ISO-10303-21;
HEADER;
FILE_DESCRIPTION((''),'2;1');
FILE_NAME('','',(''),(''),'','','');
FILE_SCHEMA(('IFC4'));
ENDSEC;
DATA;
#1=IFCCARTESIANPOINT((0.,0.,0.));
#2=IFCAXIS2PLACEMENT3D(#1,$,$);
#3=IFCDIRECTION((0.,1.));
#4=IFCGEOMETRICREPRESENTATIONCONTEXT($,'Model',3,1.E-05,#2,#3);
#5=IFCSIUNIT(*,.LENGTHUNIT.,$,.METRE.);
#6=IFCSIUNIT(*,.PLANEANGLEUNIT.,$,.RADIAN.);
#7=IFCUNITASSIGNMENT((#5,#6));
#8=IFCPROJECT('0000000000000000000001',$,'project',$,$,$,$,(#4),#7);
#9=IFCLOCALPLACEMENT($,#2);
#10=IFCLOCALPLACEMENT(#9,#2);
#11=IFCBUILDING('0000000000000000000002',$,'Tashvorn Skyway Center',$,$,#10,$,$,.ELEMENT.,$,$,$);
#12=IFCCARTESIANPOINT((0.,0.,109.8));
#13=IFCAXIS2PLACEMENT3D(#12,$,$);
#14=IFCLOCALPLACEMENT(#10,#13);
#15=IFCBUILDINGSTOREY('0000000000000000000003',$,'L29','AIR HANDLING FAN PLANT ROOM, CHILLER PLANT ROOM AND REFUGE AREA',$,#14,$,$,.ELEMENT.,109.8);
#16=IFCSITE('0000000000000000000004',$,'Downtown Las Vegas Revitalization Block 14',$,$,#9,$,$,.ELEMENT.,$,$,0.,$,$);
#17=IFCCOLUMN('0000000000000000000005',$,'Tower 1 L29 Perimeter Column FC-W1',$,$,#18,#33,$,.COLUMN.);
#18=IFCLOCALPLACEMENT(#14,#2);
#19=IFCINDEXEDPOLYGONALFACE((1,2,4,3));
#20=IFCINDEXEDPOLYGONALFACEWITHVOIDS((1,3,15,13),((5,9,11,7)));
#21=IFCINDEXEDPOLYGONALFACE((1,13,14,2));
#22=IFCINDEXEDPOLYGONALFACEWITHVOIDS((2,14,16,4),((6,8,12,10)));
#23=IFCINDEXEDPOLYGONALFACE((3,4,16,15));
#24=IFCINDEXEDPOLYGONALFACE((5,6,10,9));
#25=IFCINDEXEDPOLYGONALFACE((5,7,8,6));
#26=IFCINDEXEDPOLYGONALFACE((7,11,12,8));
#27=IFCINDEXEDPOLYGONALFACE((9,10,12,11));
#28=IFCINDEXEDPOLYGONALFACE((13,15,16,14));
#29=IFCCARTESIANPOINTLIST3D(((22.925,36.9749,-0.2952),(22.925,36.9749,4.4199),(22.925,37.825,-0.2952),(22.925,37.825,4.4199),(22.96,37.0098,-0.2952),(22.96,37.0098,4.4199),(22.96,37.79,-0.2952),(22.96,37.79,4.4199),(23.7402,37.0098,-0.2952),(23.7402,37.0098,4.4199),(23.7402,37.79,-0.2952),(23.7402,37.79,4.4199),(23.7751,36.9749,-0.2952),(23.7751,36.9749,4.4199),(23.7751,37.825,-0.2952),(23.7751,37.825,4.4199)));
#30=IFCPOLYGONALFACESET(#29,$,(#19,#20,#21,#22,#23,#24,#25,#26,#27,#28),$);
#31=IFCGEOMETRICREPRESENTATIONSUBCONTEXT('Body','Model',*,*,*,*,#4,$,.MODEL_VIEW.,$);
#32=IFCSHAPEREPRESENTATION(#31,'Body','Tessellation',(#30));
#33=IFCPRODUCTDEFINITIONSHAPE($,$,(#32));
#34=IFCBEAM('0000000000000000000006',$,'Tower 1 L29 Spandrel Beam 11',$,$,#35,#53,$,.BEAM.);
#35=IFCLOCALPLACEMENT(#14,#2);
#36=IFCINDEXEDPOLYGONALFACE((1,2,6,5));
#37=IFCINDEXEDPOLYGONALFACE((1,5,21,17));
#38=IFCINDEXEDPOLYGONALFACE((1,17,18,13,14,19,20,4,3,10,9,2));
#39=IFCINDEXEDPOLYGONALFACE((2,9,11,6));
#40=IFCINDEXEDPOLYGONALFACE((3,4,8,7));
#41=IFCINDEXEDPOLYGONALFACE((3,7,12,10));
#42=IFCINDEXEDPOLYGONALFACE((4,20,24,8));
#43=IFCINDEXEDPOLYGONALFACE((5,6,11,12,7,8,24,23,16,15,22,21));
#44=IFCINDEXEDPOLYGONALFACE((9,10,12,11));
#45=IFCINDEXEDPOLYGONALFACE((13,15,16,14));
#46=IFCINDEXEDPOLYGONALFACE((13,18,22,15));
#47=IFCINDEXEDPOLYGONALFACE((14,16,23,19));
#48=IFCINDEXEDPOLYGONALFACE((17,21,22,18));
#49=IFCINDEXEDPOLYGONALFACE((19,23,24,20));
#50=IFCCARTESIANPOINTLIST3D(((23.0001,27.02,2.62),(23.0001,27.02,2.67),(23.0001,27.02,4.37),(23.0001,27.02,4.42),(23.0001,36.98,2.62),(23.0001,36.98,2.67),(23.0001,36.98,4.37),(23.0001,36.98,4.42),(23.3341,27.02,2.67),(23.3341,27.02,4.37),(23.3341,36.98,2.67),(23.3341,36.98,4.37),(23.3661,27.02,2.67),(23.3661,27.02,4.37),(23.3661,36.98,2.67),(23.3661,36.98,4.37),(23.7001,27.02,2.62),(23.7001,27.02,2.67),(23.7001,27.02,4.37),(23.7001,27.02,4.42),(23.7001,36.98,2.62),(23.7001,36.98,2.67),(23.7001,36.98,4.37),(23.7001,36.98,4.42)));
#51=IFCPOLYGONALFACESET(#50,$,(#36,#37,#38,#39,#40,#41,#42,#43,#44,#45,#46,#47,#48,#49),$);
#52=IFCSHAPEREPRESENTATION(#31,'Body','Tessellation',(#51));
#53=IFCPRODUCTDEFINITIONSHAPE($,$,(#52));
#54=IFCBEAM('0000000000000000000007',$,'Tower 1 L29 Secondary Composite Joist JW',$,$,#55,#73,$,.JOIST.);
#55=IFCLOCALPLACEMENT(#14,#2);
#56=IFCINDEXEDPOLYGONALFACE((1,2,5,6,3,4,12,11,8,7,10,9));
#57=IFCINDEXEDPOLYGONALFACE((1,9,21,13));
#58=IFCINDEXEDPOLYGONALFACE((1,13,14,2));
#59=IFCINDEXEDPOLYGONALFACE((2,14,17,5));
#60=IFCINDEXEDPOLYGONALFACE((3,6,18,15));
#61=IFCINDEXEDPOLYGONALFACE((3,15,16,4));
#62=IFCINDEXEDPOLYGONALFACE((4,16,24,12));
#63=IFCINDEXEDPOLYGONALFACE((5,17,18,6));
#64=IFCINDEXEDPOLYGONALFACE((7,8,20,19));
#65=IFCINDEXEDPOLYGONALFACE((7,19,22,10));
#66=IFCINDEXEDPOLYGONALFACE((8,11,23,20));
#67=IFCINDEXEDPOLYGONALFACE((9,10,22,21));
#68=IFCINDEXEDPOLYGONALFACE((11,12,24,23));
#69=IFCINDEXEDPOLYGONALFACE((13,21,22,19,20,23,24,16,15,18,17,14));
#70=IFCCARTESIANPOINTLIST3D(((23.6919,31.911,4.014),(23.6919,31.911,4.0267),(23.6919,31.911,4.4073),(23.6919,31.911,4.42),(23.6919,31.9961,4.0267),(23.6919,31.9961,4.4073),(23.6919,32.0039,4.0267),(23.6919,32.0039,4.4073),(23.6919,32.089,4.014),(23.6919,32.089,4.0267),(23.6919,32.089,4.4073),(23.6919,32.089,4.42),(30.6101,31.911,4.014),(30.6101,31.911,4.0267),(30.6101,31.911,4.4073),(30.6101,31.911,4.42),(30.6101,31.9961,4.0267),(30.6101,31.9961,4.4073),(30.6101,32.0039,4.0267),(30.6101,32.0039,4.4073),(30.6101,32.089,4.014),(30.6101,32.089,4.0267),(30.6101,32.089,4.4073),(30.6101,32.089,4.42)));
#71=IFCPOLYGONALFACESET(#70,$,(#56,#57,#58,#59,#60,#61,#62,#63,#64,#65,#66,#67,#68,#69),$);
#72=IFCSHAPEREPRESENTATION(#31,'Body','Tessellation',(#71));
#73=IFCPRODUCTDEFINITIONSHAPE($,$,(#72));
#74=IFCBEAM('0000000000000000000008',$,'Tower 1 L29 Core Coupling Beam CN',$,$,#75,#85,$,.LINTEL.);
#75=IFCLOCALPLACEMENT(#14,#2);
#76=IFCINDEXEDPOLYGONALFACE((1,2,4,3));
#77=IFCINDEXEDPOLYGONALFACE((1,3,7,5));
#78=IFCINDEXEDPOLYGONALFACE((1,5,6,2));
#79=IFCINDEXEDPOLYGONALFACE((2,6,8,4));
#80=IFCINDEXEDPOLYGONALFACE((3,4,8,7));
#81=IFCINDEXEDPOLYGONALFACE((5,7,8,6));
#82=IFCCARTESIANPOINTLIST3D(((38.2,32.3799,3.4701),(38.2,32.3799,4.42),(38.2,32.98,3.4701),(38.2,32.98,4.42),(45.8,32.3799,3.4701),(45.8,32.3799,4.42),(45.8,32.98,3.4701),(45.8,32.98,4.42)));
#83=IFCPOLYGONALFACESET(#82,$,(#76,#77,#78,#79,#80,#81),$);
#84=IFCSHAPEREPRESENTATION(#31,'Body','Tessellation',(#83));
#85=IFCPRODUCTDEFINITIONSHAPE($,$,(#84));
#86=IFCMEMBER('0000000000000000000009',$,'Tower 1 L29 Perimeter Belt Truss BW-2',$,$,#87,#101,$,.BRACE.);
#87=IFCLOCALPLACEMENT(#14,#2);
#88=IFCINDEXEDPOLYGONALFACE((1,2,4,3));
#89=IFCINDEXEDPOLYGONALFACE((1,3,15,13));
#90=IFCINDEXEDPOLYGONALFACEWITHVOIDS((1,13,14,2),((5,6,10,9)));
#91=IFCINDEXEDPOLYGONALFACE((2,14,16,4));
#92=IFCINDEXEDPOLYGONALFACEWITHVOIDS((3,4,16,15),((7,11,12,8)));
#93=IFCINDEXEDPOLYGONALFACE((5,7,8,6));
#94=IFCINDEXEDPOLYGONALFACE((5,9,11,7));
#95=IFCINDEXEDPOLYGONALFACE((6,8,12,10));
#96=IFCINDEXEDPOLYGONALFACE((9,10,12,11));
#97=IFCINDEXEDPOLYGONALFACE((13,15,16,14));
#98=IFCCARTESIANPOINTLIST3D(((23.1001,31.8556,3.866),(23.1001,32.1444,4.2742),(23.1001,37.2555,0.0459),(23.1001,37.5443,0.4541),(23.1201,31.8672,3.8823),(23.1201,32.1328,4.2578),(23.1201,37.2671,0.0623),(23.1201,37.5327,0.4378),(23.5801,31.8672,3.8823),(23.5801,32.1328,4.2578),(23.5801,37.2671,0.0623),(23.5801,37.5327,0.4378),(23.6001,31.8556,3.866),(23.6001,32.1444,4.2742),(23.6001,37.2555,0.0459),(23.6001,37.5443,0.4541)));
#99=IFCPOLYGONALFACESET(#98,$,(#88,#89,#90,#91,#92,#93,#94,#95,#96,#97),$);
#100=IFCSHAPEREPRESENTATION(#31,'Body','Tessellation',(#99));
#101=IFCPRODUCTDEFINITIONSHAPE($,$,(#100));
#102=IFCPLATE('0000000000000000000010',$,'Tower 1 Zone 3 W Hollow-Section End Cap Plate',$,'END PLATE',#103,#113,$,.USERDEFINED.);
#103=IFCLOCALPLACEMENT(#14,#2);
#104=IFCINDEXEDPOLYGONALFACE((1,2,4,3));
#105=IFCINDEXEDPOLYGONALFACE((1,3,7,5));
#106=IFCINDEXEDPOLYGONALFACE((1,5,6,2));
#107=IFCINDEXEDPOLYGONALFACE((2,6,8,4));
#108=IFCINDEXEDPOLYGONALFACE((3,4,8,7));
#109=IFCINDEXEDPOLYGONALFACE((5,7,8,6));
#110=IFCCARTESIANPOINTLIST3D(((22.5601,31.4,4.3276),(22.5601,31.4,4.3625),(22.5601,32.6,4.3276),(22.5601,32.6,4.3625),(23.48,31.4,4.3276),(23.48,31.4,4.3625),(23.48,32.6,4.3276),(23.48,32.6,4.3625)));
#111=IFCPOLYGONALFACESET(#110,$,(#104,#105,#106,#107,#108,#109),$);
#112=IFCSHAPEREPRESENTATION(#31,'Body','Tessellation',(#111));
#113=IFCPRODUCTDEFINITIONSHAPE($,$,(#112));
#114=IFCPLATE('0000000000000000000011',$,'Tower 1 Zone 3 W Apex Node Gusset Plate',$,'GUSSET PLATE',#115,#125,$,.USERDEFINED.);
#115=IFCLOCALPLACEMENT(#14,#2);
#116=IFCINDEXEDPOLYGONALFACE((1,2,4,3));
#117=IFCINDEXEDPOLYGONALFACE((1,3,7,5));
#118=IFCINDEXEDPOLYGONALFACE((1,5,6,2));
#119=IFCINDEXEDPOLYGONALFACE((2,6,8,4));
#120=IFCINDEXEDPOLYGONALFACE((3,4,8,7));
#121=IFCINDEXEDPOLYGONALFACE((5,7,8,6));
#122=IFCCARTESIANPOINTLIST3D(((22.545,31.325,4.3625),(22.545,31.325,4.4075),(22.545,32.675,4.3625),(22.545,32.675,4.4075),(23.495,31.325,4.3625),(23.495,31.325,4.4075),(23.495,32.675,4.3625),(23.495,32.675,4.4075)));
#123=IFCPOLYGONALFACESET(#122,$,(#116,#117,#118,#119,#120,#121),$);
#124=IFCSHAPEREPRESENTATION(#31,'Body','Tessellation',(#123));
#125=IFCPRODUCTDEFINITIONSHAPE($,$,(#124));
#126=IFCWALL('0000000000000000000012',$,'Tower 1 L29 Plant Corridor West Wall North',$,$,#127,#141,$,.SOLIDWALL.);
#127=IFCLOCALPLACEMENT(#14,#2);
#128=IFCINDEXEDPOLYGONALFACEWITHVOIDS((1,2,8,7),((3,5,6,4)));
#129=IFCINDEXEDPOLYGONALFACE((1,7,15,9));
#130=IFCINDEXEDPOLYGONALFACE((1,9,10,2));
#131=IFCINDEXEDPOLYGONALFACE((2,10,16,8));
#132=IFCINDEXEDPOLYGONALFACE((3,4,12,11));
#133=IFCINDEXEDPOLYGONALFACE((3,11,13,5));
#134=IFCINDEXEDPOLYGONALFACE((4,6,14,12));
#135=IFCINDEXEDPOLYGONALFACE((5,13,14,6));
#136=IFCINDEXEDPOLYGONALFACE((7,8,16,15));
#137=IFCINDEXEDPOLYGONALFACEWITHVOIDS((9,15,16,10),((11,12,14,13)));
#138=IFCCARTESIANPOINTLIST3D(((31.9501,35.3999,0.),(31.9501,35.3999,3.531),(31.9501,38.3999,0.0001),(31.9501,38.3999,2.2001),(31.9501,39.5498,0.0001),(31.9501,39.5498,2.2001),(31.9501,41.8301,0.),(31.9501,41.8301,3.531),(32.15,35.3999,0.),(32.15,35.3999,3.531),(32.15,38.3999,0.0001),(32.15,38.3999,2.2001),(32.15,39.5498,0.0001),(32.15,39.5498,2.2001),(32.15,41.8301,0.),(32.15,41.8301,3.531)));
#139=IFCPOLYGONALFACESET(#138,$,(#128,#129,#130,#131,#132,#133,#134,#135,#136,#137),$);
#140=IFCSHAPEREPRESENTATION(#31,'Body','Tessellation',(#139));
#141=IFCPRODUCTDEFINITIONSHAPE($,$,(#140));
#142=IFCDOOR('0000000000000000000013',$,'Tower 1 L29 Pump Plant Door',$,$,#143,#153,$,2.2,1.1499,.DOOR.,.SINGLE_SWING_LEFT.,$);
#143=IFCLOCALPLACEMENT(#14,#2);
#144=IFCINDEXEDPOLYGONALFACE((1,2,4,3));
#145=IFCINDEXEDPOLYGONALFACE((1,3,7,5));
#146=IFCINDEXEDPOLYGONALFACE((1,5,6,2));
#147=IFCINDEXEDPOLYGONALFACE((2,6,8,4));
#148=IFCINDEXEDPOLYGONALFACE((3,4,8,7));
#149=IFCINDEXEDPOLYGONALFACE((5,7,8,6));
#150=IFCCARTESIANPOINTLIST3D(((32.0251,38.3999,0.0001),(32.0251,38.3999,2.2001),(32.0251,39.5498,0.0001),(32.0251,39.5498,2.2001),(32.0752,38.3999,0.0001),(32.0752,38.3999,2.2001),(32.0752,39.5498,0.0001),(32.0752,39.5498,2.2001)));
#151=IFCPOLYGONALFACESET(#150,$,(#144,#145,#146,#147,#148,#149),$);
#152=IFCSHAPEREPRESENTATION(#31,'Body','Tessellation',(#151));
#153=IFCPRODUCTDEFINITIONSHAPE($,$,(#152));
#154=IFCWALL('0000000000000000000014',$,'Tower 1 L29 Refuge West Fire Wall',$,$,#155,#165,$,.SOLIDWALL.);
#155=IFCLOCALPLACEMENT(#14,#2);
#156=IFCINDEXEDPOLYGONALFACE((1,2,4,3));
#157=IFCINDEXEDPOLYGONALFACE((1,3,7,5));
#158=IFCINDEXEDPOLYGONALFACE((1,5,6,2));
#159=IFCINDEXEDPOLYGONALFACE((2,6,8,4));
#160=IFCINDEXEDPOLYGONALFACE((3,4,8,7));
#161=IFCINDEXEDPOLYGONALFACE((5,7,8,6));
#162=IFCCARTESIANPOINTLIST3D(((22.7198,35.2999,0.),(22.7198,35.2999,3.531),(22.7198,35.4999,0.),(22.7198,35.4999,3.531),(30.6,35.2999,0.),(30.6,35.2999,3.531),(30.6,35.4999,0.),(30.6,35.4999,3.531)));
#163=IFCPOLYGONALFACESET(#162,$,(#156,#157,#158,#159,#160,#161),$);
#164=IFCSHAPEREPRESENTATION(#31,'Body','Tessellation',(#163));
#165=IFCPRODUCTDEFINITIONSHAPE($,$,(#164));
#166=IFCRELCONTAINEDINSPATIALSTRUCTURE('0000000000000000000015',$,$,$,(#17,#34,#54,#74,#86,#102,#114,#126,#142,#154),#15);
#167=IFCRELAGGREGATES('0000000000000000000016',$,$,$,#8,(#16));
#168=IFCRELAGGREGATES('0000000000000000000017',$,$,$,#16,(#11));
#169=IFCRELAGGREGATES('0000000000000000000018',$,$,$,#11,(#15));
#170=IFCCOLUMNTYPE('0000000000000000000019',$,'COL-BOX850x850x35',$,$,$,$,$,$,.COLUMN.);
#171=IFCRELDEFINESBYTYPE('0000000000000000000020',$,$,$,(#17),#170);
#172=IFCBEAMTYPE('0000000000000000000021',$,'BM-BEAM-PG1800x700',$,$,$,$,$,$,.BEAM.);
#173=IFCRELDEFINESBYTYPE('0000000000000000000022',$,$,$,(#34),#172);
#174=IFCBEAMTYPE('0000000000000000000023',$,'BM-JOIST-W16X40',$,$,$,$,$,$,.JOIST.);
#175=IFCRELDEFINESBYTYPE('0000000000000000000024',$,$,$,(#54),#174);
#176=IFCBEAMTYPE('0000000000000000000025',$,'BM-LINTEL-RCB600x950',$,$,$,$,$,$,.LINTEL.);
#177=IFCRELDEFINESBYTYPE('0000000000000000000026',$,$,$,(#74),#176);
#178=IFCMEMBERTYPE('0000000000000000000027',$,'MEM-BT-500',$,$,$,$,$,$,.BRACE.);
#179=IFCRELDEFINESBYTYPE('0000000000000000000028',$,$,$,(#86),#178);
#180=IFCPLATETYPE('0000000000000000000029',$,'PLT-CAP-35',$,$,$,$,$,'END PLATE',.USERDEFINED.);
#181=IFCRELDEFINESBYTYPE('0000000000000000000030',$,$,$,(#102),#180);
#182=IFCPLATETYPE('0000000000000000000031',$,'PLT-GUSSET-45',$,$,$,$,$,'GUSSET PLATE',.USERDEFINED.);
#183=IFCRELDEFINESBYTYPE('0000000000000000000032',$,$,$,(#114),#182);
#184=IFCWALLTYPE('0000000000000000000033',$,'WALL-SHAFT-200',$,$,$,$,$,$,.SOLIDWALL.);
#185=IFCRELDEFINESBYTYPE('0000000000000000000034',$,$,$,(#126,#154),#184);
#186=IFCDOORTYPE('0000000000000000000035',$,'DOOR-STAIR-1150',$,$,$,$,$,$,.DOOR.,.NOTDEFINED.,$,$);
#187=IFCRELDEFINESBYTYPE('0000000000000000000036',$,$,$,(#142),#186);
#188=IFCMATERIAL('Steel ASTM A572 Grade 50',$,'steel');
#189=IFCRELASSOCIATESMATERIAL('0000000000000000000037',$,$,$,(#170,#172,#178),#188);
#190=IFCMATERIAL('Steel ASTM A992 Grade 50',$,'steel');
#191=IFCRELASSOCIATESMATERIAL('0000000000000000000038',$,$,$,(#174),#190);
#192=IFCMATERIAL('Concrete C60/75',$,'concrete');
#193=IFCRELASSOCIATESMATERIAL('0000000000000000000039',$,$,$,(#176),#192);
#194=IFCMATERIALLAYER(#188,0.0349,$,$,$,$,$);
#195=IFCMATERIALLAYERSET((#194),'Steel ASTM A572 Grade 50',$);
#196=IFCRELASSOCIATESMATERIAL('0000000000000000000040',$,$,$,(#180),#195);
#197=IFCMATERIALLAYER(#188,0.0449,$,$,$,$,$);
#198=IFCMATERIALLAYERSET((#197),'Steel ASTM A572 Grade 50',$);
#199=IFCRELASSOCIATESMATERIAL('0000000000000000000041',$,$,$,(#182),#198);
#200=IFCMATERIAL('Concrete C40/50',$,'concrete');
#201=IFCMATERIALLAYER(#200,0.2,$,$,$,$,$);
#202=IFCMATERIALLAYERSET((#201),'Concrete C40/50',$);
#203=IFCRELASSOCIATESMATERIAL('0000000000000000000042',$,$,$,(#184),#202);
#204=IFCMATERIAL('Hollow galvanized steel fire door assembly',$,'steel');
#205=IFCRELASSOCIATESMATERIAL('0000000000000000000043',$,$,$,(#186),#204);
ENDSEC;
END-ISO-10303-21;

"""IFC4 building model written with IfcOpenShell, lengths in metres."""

from ifc_helpers import new_model, si_unit, direction, frame, frame_2d, origin, origin_2d, place, context, subcontext, project, spatial, rectangle, hollow_rectangle, i_section, extrude, material, layer, layer_set, material_profile, profile_set, type_object, element, fill, save


model = new_model("IFC4")

# Units and contexts
model_context = context("Model", 3, precision=1e-05, world=origin(), true_north=direction((0.0, 1.0)))
body_context = subcontext(model_context, "Body", "Model", "MODEL_VIEW")
ifc_project = project(units=[si_unit("LENGTHUNIT", "METRE"), si_unit("PLANEANGLEUNIT", "RADIAN")], contexts=[model_context])

# Site, building, storey
site_placement = place(None, origin())
site = spatial("IfcSite", under=ifc_project, at=site_placement, Name="Downtown Las Vegas Revitalization Block 14", CompositionType="ELEMENT", RefElevation=0.0)
building_placement = place(site_placement, origin())
building = spatial("IfcBuilding", under=site, at=building_placement, Name="Tashvorn Skyway Center", CompositionType="ELEMENT")
storey_placement = place(building_placement, frame((0.0, 0.0, 109.8)))
storey = spatial("IfcBuildingStorey", under=building, at=storey_placement, Name="L29", Description="AIR HANDLING FAN PLANT ROOM, CHILLER PLANT ROOM AND REFUGE AREA", CompositionType="ELEMENT", Elevation=109.8)

# Column
ifc_material_1 = material(Name="Steel ASTM A572 Grade 50", Category="steel")
ifc_material_profile_1 = material_profile(ifc_material_1, hollow_rectangle(XDim=0.8501, YDim=0.8501, WallThickness=0.0349, at=origin_2d()), Name="BOX850x850x35")
ifc_profile_set_1 = profile_set([ifc_material_profile_1], Name="Steel ASTM A572 Grade 50")
column_type = type_object("IfcColumnType", Name="COL-BOX850x850x35", PredefinedType="COLUMN", material=ifc_profile_set_1)
column_placement = place(storey_placement, frame((23.3501, 37.3999, -0.2952), z_axis=(0.0, 0.0, 1.0), x_axis=(1.0, 0.0, 0.0)))
element("IfcColumn", 1, at=column_placement, inside=storey, type_object=column_type, Name="Tower 1 L29 Perimeter Column FC-W1", PredefinedType="COLUMN", context=body_context, shape_type="SweptSolid", body=[
    extrude(hollow_rectangle(XDim=0.8501, YDim=0.8501, WallThickness=0.0349, at=origin_2d()), origin(), (0.0, 0.0, 1.0), 4.7151),
])

# Beams
ifc_material_profile_2 = material_profile(ifc_material_1, i_section(OverallWidth=0.7, OverallDepth=1.8, WebThickness=0.032, FlangeThickness=0.05, at=origin_2d()), Name="PG1800x700")
ifc_profile_set_2 = profile_set([ifc_material_profile_2], Name="Steel ASTM A572 Grade 50")
beam_type_1 = type_object("IfcBeamType", Name="BM-BEAM-PG1800x700", PredefinedType="BEAM", material=ifc_profile_set_2)
beam_1_placement = place(storey_placement, frame((23.3501, 36.98, 3.52), z_axis=(0.0, -1.0, 0.0), x_axis=(1.0, 0.0, 0.0)))
element("IfcBeam", 2, at=beam_1_placement, inside=storey, type_object=beam_type_1, Name="Tower 1 L29 Spandrel Beam 11", PredefinedType="BEAM", context=body_context, shape_type="SweptSolid", body=[
    extrude(i_section(OverallWidth=0.7, OverallDepth=1.8, WebThickness=0.032, FlangeThickness=0.05, at=origin_2d()), origin(), (0.0, 0.0, 1.0), 9.96),
])
ifc_material_2 = material(Name="Steel ASTM A992 Grade 50", Category="steel")
ifc_material_profile_3 = material_profile(ifc_material_2, i_section(OverallWidth=0.178, OverallDepth=0.406, WebThickness=0.0078, FlangeThickness=0.0127, at=origin_2d()), Name="W16X40")
ifc_profile_set_3 = profile_set([ifc_material_profile_3], Name="Steel ASTM A992 Grade 50")
beam_type_2 = type_object("IfcBeamType", Name="BM-JOIST-W16X40", PredefinedType="JOIST", material=ifc_profile_set_3)
beam_2_placement = place(storey_placement, frame((30.6101, 32.0, 4.217), z_axis=(-1.0, 0.0, 0.0), x_axis=(0.0, -1.0, 0.0)))
element("IfcBeam", 3, at=beam_2_placement, inside=storey, type_object=beam_type_2, Name="Tower 1 L29 Secondary Composite Joist JW", PredefinedType="JOIST", context=body_context, shape_type="SweptSolid", body=[
    extrude(i_section(OverallWidth=0.178, OverallDepth=0.406, WebThickness=0.0078, FlangeThickness=0.0127, at=origin_2d()), origin(), (0.0, 0.0, 1.0), 6.9182),
])
ifc_material_3 = material(Name="Concrete C60/75", Category="concrete")
ifc_material_profile_4 = material_profile(ifc_material_3, rectangle(XDim=0.6001, YDim=0.95, at=origin_2d()), Name="RCB600x950")
ifc_profile_set_4 = profile_set([ifc_material_profile_4], Name="Concrete C60/75")
beam_type_3 = type_object("IfcBeamType", Name="BM-LINTEL-RCB600x950", PredefinedType="LINTEL", material=ifc_profile_set_4)
beam_3_placement = place(storey_placement, frame((38.2, 32.6799, 3.9451), z_axis=(1.0, 0.0, 0.0), x_axis=(0.0, 1.0, 0.0)))
element("IfcBeam", 4, at=beam_3_placement, inside=storey, type_object=beam_type_3, Name="Tower 1 L29 Core Coupling Beam CN", PredefinedType="LINTEL", context=body_context, shape_type="SweptSolid", body=[
    extrude(rectangle(XDim=0.6001, YDim=0.95, at=origin_2d()), origin(), (0.0, 0.0, 1.0), 7.6001),
])

# Member
ifc_material_profile_5 = material_profile(ifc_material_1, hollow_rectangle(XDim=0.5, YDim=0.5, WallThickness=0.02, at=origin_2d()), Name="HSS500x500x20")
ifc_profile_set_5 = profile_set([ifc_material_profile_5], Name="Steel ASTM A572 Grade 50")
member_type = type_object("IfcMemberType", Name="MEM-BT-500", PredefinedType="BRACE", material=ifc_profile_set_5)
member_placement = place(storey_placement, frame((23.3501, 32.0, 4.0701), z_axis=(0.0, 0.816371, -0.577528), x_axis=(-1.0, 0.0, 0.0)))
element("IfcMember", 5, at=member_placement, inside=storey, type_object=member_type, Name="Tower 1 L29 Perimeter Belt Truss BW-2", PredefinedType="BRACE", context=body_context, shape_type="SweptSolid", body=[
    extrude(hollow_rectangle(XDim=0.5, YDim=0.5, WallThickness=0.02, at=origin_2d()), origin(), (0.0, 0.0, 1.0), 6.6145),
])

# Plates
ifc_layer_1 = layer(ifc_material_1, 0.0349)
ifc_layer_set_1 = layer_set([ifc_layer_1], Name="Steel ASTM A572 Grade 50")
plate_type_1 = type_object("IfcPlateType", Name="PLT-CAP-35", ElementType="END PLATE", PredefinedType="USERDEFINED", material=ifc_layer_set_1)
plate_1_placement = place(storey_placement, frame((23.02, 32.0, 4.3276), z_axis=(0.0, 0.0, 1.0), x_axis=(0.0, -1.0, 0.0)))
element("IfcPlate", 6, at=plate_1_placement, inside=storey, type_object=plate_type_1, Name="Tower 1 Zone 3 W Hollow-Section End Cap Plate", ObjectType="END PLATE", PredefinedType="USERDEFINED", context=body_context, shape_type="SweptSolid", body=[
    extrude(rectangle(XDim=1.2, YDim=0.9199, at=origin_2d()), origin(), (0.0, 0.0, 1.0), 0.0349),
])
ifc_layer_2 = layer(ifc_material_1, 0.0449)
ifc_layer_set_2 = layer_set([ifc_layer_2], Name="Steel ASTM A572 Grade 50")
plate_type_2 = type_object("IfcPlateType", Name="PLT-GUSSET-45", ElementType="GUSSET PLATE", PredefinedType="USERDEFINED", material=ifc_layer_set_2)
plate_2_placement = place(storey_placement, frame((23.02, 32.0, 4.3625), z_axis=(0.0, 0.0, 1.0), x_axis=(0.0, -1.0, 0.0)))
element("IfcPlate", 7, at=plate_2_placement, inside=storey, type_object=plate_type_2, Name="Tower 1 Zone 3 W Apex Node Gusset Plate", ObjectType="GUSSET PLATE", PredefinedType="USERDEFINED", context=body_context, shape_type="SweptSolid", body=[
    extrude(rectangle(XDim=1.3501, YDim=0.95, at=origin_2d()), origin(), (0.0, 0.0, 1.0), 0.0449),
])

# Wall, opening, door
ifc_material_4 = material(Name="Concrete C40/50", Category="concrete")
ifc_layer_3 = layer(ifc_material_4, 0.2)
ifc_layer_set_3 = layer_set([ifc_layer_3], Name="Concrete C40/50")
wall_type_1 = type_object("IfcWallType", Name="WALL-SHAFT-200", PredefinedType="SOLIDWALL", material=ifc_layer_set_3)
wall_1_placement = place(storey_placement, frame((32.05, 35.3999, 0.0), z_axis=(0.0, 0.0, 1.0), x_axis=(0.0, 1.0, 0.0)))
wall_1 = element("IfcWall", 8, at=wall_1_placement, inside=storey, type_object=wall_type_1, Name="Tower 1 L29 Plant Corridor West Wall North", PredefinedType="SOLIDWALL", context=body_context, shape_type="SweptSolid", body=[
    extrude(rectangle(XDim=6.4302, YDim=0.2, at=frame_2d((3.2151, 0.0))), origin(), (0.0, 0.0, 1.0), 3.531),
])
opening_1_placement = place(wall_1_placement, frame((3.0, 0.0, 0.0)))
opening_1 = element("IfcOpeningElement", 9, at=opening_1_placement, cuts=wall_1, PredefinedType="OPENING", context=body_context, shape_type="SweptSolid", body=[
    extrude(rectangle(XDim=1.1499, YDim=2.2, at=frame_2d((0.575, 1.1001))), frame((0.0, 0.1099, 0.0), z_axis=(0.0, -1.0, 0.0), x_axis=(1.0, 0.0, 0.0)), (0.0, 0.0, 1.0), 0.22),
])
ifc_material_5 = material(Name="Hollow galvanized steel fire door assembly", Category="steel")
door_type = type_object("IfcDoorType", Name="DOOR-STAIR-1150", OperationType="NOTDEFINED", PredefinedType="DOOR", material=ifc_material_5)
door_1_placement = place(opening_1_placement, origin())
door_1 = element("IfcDoor", 10, at=door_1_placement, inside=storey, type_object=door_type, Name="Tower 1 L29 Pump Plant Door", OperationType="SINGLE_SWING_LEFT", OverallHeight=2.2, OverallWidth=1.1499, PredefinedType="DOOR", context=body_context, shape_type="SweptSolid", body=[
    extrude(rectangle(XDim=1.1499, YDim=2.2, at=frame_2d((0.575, 1.1001))), frame((0.0, 0.0249, 0.0), z_axis=(0.0, -1.0, 0.0), x_axis=(1.0, 0.0, 0.0)), (0.0, 0.0, 1.0), 0.05),
])
fill(opening_1, door_1)

# Wall
wall_2_placement = place(storey_placement, frame((22.72, 35.3999, 0.0), z_axis=(0.0, 0.0, 1.0), x_axis=(1.0, 0.0, 0.0)))
element("IfcWall", 11, at=wall_2_placement, inside=storey, type_object=wall_type_1, Name="Tower 1 L29 Refuge West Fire Wall", PredefinedType="SOLIDWALL", context=body_context, shape_type="SweptSolid", body=[
    extrude(rectangle(XDim=7.8801, YDim=0.2, at=frame_2d((3.9399, 0.0))), origin(), (0.0, 0.0, 1.0), 3.531),
])

save(model, "model.ifc")
